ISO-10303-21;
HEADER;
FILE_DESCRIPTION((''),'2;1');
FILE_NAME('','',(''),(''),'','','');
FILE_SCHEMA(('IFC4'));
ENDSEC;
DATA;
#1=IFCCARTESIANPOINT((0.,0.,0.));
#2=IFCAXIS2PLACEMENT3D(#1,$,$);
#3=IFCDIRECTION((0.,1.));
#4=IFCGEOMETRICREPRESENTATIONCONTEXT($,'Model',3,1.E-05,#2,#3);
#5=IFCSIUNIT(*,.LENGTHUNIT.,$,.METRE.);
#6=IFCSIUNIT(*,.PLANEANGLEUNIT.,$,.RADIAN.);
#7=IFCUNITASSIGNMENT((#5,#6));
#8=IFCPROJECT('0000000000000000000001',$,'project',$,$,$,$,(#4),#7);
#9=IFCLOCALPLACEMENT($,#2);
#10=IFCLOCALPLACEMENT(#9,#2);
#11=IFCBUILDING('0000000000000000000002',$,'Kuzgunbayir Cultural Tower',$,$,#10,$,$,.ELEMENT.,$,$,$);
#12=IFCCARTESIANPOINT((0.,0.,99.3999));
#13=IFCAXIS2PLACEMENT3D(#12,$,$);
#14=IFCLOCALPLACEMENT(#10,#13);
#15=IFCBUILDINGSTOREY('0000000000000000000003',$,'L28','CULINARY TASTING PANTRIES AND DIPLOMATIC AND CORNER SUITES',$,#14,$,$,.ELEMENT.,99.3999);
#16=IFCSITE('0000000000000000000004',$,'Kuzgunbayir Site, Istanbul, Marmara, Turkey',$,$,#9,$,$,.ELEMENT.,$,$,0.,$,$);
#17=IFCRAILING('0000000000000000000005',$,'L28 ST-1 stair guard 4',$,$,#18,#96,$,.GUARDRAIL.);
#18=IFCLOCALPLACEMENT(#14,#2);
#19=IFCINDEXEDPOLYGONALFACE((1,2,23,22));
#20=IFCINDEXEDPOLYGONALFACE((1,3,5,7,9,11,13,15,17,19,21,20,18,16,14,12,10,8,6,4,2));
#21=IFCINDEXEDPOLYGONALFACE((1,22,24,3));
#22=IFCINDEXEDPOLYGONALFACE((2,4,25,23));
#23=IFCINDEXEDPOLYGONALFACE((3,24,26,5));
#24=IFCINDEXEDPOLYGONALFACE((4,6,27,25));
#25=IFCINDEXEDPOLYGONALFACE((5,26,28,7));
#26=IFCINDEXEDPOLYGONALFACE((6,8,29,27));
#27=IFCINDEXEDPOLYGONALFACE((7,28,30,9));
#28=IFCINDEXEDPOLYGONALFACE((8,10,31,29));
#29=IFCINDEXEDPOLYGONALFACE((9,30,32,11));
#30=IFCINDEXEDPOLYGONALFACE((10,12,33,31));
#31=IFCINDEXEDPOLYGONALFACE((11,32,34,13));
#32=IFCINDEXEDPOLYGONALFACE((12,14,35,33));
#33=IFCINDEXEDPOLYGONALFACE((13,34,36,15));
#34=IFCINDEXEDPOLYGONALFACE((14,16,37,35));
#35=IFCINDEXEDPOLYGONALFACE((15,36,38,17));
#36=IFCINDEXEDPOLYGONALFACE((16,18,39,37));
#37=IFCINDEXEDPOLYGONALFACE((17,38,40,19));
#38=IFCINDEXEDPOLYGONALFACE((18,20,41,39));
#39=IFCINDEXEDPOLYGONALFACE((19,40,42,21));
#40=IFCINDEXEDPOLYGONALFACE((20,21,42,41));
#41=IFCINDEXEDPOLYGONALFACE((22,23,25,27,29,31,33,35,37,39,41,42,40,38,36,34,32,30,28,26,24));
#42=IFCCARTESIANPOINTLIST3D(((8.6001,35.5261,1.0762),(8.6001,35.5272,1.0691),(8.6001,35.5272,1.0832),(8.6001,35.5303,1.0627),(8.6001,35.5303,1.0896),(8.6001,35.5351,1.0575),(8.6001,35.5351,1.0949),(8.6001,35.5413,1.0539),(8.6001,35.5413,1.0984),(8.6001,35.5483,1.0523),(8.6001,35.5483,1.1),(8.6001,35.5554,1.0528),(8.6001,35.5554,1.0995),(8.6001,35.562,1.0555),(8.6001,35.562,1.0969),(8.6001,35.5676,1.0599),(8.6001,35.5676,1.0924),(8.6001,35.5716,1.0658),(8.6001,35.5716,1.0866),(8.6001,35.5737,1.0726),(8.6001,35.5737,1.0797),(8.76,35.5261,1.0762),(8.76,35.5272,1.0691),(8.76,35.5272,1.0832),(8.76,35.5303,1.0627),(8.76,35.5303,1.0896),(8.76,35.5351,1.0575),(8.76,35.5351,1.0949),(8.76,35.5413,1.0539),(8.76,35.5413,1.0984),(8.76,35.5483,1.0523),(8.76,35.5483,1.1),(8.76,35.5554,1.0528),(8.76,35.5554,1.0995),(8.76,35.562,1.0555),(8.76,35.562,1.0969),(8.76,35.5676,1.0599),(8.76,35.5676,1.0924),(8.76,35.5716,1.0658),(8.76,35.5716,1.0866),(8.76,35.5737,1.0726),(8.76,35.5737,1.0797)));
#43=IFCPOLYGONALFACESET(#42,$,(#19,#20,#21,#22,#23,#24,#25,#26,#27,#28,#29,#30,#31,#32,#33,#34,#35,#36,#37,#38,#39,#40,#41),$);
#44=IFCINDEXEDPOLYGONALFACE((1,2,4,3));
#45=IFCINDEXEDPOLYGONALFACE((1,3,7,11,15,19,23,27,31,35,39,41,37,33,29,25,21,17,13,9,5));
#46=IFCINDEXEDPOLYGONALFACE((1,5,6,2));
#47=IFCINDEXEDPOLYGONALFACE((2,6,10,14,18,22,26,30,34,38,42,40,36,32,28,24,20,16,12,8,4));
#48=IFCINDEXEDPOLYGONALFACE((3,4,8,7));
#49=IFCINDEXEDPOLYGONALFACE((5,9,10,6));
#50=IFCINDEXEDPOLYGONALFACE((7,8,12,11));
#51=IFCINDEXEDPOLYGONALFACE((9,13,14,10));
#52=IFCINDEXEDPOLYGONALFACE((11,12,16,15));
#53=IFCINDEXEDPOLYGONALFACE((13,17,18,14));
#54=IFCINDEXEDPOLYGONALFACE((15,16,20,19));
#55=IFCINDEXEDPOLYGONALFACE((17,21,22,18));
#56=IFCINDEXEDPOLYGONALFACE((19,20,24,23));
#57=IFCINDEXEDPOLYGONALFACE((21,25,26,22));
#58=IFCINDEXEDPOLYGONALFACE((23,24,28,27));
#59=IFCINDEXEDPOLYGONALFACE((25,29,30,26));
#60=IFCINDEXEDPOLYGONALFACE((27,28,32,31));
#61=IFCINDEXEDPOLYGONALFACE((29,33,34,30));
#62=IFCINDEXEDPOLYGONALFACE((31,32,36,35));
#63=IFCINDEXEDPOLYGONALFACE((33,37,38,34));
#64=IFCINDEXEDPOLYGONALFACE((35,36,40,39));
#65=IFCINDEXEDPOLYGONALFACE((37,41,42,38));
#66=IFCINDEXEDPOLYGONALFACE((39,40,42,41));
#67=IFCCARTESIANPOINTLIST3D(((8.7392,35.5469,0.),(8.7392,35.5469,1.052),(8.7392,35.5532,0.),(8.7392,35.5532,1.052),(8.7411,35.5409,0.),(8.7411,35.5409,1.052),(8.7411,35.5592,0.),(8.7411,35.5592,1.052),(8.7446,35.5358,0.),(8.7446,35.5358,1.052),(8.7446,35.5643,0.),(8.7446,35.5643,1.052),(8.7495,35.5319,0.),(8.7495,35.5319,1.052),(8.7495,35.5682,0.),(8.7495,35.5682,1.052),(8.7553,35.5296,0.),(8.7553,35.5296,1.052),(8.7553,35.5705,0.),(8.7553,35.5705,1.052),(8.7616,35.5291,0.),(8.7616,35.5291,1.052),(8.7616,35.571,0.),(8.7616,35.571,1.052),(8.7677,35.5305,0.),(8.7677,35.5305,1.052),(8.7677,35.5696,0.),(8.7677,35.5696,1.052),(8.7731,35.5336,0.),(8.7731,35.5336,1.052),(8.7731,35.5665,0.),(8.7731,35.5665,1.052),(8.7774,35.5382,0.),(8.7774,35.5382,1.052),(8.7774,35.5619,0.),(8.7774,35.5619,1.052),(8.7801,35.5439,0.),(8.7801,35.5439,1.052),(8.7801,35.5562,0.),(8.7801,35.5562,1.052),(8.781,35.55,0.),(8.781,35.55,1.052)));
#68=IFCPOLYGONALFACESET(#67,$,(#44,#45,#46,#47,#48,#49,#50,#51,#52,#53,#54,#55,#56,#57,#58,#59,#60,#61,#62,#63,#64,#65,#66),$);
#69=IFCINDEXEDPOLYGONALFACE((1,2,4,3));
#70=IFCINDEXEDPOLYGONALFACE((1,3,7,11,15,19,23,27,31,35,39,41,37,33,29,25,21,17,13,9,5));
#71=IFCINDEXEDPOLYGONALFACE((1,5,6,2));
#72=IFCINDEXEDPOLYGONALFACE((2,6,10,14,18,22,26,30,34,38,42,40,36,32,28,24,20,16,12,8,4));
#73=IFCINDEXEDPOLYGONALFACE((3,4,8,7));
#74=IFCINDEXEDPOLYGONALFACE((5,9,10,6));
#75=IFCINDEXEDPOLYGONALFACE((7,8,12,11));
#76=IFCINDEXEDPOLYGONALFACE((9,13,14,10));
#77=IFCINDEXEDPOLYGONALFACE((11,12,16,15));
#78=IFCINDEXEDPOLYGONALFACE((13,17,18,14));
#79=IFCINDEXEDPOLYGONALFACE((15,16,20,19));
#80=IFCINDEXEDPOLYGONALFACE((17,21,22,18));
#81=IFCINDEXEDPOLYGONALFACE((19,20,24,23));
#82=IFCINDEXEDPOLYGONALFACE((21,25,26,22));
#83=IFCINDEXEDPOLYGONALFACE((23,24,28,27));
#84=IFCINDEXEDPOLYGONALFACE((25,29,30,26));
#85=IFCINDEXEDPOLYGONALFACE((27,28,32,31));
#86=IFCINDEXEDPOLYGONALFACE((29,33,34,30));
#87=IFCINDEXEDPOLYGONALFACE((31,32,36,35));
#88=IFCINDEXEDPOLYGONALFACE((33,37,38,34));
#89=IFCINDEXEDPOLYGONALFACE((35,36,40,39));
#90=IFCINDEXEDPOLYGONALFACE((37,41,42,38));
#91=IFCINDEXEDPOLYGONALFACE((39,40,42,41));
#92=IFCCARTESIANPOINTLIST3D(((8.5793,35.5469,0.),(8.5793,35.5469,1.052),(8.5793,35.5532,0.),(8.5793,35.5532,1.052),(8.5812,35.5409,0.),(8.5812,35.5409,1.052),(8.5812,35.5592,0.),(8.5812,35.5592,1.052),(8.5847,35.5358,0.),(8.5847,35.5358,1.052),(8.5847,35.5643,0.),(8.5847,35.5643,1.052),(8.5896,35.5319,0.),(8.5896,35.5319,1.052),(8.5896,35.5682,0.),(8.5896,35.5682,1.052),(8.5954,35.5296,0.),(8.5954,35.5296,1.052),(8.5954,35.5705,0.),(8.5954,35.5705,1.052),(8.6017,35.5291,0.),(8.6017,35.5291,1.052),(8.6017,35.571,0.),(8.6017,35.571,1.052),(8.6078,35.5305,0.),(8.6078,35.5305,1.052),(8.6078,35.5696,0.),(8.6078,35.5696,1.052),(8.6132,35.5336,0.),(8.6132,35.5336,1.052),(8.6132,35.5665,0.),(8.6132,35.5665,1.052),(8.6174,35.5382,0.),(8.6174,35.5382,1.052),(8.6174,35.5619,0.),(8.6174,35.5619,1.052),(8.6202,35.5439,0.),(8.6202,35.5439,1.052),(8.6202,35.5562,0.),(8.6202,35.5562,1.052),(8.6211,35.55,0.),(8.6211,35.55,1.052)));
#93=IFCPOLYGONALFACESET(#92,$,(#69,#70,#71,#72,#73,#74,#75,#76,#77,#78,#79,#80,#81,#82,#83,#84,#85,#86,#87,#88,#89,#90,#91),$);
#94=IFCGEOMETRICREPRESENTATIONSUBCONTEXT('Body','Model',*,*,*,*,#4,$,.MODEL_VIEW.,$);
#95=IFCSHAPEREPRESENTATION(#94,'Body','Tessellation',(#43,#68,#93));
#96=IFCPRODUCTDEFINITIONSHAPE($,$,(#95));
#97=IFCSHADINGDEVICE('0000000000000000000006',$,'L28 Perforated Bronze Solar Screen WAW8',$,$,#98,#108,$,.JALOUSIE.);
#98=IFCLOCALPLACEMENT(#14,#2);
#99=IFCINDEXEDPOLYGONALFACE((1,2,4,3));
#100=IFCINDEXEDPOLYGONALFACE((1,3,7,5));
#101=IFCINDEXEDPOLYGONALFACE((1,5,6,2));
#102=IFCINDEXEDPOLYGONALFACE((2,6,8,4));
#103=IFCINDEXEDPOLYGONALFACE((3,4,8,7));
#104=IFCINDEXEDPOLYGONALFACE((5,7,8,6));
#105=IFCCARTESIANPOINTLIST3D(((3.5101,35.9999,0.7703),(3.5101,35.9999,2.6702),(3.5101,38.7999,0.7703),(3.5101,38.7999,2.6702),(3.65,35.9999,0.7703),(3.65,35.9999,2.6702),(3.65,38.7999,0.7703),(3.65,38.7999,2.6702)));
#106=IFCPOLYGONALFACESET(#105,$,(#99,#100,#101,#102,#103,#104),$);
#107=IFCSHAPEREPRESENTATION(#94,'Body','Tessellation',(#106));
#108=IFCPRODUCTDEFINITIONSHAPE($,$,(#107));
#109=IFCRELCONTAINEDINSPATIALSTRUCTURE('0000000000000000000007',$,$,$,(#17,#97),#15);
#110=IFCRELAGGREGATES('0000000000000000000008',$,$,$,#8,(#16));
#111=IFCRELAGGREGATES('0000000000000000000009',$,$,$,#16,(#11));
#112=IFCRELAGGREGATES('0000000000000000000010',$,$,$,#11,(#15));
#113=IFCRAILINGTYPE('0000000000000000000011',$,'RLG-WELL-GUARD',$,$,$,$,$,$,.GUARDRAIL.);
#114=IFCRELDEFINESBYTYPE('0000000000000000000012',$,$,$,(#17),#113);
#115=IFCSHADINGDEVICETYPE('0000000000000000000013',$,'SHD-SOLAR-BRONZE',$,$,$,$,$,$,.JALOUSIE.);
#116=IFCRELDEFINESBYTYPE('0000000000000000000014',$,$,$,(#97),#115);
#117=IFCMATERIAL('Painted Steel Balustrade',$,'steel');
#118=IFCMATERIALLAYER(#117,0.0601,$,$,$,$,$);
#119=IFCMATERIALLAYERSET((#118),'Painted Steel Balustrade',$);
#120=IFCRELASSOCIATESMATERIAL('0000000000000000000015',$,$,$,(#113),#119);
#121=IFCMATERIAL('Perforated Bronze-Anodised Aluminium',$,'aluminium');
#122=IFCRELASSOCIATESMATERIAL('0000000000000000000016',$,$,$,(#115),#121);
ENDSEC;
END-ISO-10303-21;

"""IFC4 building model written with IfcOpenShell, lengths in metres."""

from ifc_helpers import new_model, si_unit, direction, frame, origin, origin_2d, place, context, subcontext, project, spatial, rectangle, circle, extrude, material, layer, layer_set, type_object, element, save


model = new_model("IFC4")

# Units and contexts
model_context = context("Model", 3, precision=1e-05, world=origin(), true_north=direction((0.0, 1.0)))
body_context = subcontext(model_context, "Body", "Model", "MODEL_VIEW")
ifc_project = project(units=[si_unit("LENGTHUNIT", "METRE"), si_unit("PLANEANGLEUNIT", "RADIAN")], contexts=[model_context])

# Site, building, storey
site_placement = place(None, origin())
site = spatial("IfcSite", under=ifc_project, at=site_placement, Name="Kuzgunbayir Site, Istanbul, Marmara, Turkey", CompositionType="ELEMENT", RefElevation=0.0)
building_placement = place(site_placement, origin())
building = spatial("IfcBuilding", under=site, at=building_placement, Name="Kuzgunbayir Cultural Tower", CompositionType="ELEMENT")
storey_placement = place(building_placement, frame((0.0, 0.0, 99.3999)))
storey = spatial("IfcBuildingStorey", under=building, at=storey_placement, Name="L28", Description="CULINARY TASTING PANTRIES AND DIPLOMATIC AND CORNER SUITES", CompositionType="ELEMENT", Elevation=99.3999)

# Railing
ifc_material_1 = material(Name="Painted Steel Balustrade", Category="steel")
ifc_layer_1 = layer(ifc_material_1, 0.0601)
ifc_layer_set_1 = layer_set([ifc_layer_1], Name="Painted Steel Balustrade")
railing_type_1 = type_object("IfcRailingType", Name="RLG-WELL-GUARD", PredefinedType="GUARDRAIL", material=ifc_layer_set_1)
railing_1_placement = place(storey_placement, frame((8.76, 35.55, 0.0)))
element("IfcRailing", 1, at=railing_1_placement, inside=storey, type_object=railing_type_1, Name="L28 ST-1 stair guard 4", PredefinedType="GUARDRAIL", context=body_context, shape_type="SweptSolid", body=[
    extrude(circle(Radius=0.0239, at=origin_2d()), frame((0.0, 0.0, 1.0762), z_axis=(-1.0, 0.0, 0.0), x_axis=(0.0, -1.0, 0.0)), (0.0, 0.0, 1.0), 0.1599),
    extrude(circle(Radius=0.021, at=origin_2d()), origin(), (0.0, 0.0, 1.0), 1.052),
    extrude(circle(Radius=0.021, at=origin_2d()), frame((-0.1599, 0.0, 0.0)), (0.0, 0.0, 1.0), 1.052),
])

# Shading device
ifc_material_2 = material(Name="Perforated Bronze-Anodised Aluminium", Category="aluminium")
shading_device_type = type_object("IfcShadingDeviceType", Name="SHD-SOLAR-BRONZE", PredefinedType="JALOUSIE", material=ifc_material_2)
shading_device_placement = place(storey_placement, frame((3.5801, 37.3999, 0.7703), z_axis=(0.0, 0.0, 1.0), x_axis=(1.0, 0.0, 0.0)))
element("IfcShadingDevice", 2, at=shading_device_placement, inside=storey, type_object=shading_device_type, Name="L28 Perforated Bronze Solar Screen WAW8", PredefinedType="JALOUSIE", context=body_context, shape_type="SweptSolid", body=[
    extrude(rectangle(XDim=0.1399, YDim=2.8, at=origin_2d()), origin(), (0.0, 0.0, 1.0), 1.8999),
])

save(model, "model.ifc")
